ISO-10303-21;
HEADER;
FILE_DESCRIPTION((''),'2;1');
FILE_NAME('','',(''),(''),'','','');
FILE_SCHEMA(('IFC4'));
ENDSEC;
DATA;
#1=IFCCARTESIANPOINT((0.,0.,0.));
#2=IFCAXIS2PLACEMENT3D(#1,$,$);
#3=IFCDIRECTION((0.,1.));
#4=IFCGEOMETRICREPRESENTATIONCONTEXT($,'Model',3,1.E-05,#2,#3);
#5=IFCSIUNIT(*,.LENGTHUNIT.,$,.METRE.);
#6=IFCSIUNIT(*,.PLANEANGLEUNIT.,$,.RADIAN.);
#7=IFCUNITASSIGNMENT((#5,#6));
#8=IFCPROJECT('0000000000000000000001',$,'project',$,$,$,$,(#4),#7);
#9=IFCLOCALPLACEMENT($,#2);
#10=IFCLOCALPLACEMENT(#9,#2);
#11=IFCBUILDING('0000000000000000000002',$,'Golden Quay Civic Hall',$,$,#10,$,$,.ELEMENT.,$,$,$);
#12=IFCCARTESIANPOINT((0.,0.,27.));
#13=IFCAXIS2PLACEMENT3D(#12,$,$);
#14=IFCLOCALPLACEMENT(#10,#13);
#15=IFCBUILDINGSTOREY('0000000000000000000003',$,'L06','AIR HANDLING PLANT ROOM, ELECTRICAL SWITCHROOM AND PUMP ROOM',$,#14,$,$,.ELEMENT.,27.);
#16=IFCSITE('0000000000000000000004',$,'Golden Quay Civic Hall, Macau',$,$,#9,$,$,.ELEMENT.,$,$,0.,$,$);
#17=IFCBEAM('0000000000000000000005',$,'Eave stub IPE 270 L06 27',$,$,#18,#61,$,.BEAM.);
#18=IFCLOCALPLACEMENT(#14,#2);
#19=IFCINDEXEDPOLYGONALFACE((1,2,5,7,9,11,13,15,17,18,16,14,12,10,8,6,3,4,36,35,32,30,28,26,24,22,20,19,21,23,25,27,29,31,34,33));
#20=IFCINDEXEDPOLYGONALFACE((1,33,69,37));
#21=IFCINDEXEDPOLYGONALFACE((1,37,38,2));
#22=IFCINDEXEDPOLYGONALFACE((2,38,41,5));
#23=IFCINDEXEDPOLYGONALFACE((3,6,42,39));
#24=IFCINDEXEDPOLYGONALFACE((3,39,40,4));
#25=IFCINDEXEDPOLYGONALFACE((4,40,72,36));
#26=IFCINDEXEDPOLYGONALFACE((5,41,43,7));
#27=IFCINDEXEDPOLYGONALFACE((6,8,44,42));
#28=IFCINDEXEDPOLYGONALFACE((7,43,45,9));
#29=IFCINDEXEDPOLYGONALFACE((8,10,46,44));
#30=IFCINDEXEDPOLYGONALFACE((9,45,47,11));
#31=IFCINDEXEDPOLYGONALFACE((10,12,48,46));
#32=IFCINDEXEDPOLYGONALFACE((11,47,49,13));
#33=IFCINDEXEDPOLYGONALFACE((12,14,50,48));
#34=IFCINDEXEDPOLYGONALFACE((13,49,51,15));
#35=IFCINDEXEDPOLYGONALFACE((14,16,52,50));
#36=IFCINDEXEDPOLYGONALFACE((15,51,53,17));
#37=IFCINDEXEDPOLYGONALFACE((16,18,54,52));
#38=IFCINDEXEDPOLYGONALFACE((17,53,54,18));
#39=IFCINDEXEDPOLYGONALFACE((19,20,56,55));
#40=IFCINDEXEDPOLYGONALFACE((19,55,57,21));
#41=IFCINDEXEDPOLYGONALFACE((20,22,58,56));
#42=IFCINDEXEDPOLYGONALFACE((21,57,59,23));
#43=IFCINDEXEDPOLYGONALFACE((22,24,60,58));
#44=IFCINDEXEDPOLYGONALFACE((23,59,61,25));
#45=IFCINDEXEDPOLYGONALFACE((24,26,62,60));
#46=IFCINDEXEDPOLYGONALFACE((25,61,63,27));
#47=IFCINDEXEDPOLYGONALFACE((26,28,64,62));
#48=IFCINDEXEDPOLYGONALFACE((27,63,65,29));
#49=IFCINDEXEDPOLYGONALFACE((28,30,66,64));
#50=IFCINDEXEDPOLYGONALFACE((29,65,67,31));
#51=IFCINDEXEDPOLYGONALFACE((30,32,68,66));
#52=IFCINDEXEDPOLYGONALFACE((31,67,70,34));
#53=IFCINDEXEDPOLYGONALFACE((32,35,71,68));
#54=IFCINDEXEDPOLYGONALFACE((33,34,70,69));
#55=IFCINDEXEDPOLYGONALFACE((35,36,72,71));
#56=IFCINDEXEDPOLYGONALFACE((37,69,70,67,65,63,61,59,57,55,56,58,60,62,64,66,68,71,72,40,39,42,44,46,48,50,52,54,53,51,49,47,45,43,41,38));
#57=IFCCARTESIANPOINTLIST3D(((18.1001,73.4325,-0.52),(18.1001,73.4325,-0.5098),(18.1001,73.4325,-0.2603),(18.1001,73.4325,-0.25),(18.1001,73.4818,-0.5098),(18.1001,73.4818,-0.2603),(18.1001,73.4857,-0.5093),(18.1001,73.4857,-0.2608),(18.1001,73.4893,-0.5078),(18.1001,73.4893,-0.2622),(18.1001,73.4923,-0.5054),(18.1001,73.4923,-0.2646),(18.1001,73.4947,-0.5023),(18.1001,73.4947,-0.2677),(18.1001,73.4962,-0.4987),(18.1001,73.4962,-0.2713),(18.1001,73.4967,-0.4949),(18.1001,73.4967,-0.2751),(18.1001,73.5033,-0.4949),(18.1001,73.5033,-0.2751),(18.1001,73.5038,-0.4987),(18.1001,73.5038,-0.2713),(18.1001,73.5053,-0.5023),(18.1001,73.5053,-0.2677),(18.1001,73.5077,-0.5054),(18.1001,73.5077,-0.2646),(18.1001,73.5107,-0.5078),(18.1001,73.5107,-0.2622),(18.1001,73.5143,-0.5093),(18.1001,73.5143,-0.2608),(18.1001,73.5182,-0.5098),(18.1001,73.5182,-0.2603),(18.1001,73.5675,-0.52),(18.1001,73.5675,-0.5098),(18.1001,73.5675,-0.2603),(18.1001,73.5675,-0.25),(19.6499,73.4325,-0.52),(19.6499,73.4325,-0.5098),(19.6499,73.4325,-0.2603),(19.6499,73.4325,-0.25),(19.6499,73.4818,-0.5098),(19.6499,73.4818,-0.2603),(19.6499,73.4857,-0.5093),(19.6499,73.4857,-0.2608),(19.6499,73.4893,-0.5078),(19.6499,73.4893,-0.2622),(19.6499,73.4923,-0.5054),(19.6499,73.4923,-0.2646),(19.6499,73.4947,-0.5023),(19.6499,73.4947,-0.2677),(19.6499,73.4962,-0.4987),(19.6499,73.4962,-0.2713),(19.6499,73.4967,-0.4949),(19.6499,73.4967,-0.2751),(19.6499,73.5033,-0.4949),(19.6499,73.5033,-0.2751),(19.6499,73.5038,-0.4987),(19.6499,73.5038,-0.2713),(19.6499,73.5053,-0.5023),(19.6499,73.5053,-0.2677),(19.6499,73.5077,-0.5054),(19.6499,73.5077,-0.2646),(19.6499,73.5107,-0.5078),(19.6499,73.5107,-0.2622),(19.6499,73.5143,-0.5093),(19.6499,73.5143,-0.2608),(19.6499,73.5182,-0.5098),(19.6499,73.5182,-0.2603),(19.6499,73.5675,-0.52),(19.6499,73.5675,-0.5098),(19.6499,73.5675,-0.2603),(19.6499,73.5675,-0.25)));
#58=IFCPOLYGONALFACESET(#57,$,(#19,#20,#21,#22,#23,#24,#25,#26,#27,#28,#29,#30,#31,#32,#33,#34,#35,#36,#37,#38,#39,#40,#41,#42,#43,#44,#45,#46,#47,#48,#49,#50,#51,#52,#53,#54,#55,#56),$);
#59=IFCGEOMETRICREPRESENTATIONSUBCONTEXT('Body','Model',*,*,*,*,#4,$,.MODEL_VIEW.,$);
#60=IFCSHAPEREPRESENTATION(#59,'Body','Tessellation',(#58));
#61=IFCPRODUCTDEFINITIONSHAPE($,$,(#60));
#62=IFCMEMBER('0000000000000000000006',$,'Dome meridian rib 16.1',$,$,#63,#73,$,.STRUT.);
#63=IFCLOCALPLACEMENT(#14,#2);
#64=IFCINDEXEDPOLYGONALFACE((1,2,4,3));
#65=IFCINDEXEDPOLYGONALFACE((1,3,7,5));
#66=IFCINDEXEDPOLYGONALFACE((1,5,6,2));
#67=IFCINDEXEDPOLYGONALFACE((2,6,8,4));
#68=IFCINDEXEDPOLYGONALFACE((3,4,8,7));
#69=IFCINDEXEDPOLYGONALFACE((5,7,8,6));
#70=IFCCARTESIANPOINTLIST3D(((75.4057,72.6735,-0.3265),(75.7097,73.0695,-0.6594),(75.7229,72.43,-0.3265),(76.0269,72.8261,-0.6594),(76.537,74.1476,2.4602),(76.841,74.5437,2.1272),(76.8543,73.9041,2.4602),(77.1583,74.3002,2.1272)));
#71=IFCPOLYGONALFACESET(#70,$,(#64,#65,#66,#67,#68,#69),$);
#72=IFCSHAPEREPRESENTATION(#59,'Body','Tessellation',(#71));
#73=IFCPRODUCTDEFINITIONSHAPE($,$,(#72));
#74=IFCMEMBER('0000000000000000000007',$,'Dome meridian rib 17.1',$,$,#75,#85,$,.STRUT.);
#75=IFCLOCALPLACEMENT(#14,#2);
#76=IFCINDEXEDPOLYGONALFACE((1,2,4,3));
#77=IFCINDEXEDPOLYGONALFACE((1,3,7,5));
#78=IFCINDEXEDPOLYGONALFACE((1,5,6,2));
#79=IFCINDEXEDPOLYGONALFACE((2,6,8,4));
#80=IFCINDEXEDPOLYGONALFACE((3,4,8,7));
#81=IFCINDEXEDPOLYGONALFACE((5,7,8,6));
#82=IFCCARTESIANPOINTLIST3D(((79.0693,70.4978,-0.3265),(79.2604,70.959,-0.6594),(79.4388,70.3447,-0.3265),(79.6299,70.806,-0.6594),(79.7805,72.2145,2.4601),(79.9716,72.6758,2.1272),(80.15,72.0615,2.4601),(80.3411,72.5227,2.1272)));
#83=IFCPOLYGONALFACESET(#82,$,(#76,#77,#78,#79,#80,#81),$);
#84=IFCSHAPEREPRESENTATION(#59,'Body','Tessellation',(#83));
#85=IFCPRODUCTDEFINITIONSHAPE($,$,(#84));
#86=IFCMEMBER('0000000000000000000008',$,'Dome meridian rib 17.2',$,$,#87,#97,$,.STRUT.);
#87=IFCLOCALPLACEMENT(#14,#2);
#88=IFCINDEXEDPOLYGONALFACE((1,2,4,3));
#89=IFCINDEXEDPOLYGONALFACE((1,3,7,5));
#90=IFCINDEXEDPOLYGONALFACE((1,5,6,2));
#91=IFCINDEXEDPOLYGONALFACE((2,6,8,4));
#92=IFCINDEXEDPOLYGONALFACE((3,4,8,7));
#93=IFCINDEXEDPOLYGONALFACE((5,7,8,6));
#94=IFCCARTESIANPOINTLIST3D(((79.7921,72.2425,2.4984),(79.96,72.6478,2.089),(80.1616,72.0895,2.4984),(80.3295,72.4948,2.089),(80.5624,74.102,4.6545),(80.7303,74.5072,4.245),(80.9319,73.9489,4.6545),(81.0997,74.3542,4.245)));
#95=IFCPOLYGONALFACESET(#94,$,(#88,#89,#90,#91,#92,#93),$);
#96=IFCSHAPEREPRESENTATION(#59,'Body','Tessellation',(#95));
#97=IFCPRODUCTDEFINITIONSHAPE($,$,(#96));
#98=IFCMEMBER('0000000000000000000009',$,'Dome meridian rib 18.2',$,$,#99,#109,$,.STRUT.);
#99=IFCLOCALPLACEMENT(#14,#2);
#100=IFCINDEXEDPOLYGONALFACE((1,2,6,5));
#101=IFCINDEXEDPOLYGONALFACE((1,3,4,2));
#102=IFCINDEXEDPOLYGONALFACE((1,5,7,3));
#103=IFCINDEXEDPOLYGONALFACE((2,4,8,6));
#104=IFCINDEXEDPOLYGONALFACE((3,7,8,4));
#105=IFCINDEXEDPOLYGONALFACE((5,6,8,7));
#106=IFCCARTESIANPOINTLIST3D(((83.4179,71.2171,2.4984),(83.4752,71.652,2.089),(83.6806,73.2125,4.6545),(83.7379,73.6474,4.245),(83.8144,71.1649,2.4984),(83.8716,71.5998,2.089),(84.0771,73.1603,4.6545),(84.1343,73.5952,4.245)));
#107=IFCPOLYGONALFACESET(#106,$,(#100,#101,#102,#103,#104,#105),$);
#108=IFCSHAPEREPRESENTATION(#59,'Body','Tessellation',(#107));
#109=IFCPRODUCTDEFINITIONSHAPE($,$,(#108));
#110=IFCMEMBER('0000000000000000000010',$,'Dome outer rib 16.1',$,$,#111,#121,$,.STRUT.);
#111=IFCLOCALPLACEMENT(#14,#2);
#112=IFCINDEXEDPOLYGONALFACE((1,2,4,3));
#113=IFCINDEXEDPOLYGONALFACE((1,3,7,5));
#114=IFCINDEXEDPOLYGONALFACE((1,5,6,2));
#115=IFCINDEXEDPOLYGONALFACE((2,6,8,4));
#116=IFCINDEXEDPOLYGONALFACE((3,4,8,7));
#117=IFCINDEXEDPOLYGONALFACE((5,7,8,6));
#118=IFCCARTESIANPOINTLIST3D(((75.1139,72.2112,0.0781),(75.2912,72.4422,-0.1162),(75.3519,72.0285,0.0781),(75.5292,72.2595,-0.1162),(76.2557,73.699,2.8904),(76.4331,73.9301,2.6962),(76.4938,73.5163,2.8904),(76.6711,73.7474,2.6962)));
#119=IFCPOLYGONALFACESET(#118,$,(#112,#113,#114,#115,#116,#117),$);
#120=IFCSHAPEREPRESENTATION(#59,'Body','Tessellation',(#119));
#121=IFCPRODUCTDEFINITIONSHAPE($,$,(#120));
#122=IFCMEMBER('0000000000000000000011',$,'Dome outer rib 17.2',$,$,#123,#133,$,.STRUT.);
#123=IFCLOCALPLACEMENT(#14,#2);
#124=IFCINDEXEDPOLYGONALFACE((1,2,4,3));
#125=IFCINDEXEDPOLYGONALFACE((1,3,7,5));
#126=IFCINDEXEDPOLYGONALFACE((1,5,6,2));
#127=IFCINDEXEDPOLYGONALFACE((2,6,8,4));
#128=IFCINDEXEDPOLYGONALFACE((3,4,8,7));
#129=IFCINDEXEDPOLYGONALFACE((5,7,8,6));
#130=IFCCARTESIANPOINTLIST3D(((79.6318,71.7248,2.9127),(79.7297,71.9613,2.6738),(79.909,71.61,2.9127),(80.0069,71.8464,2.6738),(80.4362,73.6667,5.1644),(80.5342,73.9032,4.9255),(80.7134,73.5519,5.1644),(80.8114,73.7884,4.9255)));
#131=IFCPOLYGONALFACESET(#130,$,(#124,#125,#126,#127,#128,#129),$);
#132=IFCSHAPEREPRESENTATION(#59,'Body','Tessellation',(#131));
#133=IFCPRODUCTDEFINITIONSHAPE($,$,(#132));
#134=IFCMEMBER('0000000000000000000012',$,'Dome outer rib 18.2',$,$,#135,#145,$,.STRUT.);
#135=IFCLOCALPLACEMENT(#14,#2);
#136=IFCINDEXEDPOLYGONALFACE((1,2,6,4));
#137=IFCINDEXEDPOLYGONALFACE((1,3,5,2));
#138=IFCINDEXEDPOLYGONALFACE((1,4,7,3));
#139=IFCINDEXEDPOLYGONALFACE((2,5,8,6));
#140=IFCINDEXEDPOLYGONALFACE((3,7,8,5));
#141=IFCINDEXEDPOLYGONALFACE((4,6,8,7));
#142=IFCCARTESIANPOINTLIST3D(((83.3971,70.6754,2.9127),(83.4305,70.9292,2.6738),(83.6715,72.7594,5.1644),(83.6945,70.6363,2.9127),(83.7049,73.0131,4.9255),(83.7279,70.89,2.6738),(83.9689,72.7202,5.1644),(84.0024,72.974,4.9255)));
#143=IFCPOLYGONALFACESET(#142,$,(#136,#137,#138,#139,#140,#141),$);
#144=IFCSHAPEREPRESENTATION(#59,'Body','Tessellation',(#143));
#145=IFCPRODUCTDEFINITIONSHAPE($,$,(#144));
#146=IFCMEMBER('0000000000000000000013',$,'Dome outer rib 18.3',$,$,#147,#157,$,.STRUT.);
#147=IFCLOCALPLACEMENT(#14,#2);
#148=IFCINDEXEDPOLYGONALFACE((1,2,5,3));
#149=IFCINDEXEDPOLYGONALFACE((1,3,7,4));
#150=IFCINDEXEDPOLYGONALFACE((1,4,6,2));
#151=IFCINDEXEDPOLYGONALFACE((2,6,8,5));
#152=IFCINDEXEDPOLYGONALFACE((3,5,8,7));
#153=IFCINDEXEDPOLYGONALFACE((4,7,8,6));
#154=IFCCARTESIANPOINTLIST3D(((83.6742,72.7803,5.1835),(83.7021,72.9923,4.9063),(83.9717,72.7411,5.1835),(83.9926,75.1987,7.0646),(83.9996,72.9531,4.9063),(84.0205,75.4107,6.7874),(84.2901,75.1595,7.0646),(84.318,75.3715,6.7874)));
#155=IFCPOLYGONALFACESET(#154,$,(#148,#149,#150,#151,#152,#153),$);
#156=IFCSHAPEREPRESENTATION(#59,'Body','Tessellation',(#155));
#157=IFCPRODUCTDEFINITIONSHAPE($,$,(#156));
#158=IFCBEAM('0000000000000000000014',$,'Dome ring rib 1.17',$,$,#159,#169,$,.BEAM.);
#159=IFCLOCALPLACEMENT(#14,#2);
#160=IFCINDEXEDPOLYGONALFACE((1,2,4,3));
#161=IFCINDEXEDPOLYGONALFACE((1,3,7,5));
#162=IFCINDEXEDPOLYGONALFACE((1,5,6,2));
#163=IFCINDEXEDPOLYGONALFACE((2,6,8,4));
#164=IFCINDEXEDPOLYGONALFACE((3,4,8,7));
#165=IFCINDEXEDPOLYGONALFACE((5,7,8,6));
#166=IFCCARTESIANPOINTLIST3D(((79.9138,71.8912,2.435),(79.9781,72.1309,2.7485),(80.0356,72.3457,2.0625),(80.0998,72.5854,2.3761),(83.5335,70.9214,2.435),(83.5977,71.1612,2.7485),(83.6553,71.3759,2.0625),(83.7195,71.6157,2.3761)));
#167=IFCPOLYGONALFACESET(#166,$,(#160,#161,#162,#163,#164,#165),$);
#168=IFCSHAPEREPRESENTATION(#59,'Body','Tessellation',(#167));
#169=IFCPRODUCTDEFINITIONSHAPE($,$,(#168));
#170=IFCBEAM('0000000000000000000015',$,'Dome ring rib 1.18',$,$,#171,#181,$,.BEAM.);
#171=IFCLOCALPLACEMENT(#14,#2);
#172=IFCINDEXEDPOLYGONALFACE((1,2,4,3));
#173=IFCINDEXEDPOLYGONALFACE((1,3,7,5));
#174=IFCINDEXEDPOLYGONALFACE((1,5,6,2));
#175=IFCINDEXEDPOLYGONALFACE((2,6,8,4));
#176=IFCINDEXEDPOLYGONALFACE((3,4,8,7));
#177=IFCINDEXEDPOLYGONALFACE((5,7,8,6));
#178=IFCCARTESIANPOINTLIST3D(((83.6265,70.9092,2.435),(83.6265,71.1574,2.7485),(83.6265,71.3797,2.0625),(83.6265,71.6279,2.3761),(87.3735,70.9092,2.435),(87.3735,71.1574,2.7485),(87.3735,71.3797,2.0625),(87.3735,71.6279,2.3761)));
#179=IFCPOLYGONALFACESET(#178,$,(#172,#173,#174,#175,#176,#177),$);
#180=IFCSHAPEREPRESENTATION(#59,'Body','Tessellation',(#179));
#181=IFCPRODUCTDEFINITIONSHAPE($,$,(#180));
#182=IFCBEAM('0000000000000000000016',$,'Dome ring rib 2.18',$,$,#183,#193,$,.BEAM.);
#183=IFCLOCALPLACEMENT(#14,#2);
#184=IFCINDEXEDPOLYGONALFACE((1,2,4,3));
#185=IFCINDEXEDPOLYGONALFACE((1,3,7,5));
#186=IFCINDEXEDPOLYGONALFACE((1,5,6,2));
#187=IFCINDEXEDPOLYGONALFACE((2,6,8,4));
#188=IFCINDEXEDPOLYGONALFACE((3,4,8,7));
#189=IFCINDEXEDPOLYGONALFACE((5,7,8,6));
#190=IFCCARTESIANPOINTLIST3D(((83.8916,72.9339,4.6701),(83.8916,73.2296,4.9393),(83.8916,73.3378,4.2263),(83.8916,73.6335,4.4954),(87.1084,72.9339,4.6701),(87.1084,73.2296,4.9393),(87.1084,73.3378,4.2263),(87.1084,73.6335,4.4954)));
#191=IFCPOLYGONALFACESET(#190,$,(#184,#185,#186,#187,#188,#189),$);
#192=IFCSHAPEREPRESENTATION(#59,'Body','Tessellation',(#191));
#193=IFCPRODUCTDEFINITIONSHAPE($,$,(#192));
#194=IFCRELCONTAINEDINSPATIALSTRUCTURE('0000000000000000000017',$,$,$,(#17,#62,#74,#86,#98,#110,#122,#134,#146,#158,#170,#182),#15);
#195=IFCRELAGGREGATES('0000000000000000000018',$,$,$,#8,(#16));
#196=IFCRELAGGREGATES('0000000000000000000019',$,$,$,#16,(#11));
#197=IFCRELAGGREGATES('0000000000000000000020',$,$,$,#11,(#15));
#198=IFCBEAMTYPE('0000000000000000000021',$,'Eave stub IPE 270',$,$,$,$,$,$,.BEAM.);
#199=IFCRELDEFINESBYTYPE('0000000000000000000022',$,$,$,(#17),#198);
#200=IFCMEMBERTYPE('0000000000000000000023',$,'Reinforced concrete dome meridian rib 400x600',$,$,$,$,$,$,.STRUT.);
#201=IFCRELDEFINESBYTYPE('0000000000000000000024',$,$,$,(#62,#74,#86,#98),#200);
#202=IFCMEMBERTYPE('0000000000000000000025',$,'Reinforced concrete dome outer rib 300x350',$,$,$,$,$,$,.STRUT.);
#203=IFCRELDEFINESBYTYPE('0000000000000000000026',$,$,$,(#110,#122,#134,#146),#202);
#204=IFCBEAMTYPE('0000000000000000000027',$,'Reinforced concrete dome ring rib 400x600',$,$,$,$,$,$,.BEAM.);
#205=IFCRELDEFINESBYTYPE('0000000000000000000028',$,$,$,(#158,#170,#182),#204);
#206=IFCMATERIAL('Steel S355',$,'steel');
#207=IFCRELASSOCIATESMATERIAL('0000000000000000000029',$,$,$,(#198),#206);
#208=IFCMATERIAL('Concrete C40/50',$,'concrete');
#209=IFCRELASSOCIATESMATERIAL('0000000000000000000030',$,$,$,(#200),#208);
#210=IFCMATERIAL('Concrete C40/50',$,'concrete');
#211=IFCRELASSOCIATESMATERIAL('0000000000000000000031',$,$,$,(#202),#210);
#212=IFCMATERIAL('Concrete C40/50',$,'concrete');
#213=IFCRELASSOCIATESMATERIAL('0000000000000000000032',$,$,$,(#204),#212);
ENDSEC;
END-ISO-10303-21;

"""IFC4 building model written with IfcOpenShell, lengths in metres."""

from ifc_helpers import new_model, si_unit, direction, frame, origin, origin_2d, place, context, subcontext, project, spatial, rectangle, i_section, extrude, material, material_profile, profile_set, type_object, element, save


model = new_model("IFC4")

# Units and contexts
model_context = context("Model", 3, precision=1e-05, world=origin(), true_north=direction((0.0, 1.0)))
body_context = subcontext(model_context, "Body", "Model", "MODEL_VIEW")
ifc_project = project(units=[si_unit("LENGTHUNIT", "METRE"), si_unit("PLANEANGLEUNIT", "RADIAN")], contexts=[model_context])

# Site, building, storey
site_placement = place(None, origin())
site = spatial("IfcSite", under=ifc_project, at=site_placement, Name="Golden Quay Civic Hall, Macau", CompositionType="ELEMENT", RefElevation=0.0)
building_placement = place(site_placement, origin())
building = spatial("IfcBuilding", under=site, at=building_placement, Name="Golden Quay Civic Hall", CompositionType="ELEMENT")
storey_placement = place(building_placement, frame((0.0, 0.0, 27.0)))
storey = spatial("IfcBuildingStorey", under=building, at=storey_placement, Name="L06", Description="AIR HANDLING PLANT ROOM, ELECTRICAL SWITCHROOM AND PUMP ROOM", CompositionType="ELEMENT", Elevation=27.0)

# Beam
ifc_material_1 = material(Name="Steel S355", Category="steel")
ifc_material_profile_1 = material_profile(ifc_material_1, i_section(OverallWidth=0.135, OverallDepth=0.27, WebThickness=0.0066, FlangeThickness=0.0103, FilletRadius=0.0149, at=origin_2d()), Name="IPE 270")
ifc_profile_set_1 = profile_set([ifc_material_profile_1], Name="Steel S355")
beam_type_1 = type_object("IfcBeamType", Name="Eave stub IPE 270", PredefinedType="BEAM", material=ifc_profile_set_1)
beam_1_placement = place(storey_placement, frame((18.1001, 73.5, -0.385), z_axis=(1.0, 0.0, 0.0), x_axis=(0.0, 1.0, 0.0)))
element("IfcBeam", 1, at=beam_1_placement, inside=storey, type_object=beam_type_1, Name="Eave stub IPE 270 L06 27", PredefinedType="BEAM", context=body_context, shape_type="SweptSolid", body=[
    extrude(i_section(OverallWidth=0.135, OverallDepth=0.27, WebThickness=0.0066, FlangeThickness=0.0103, FilletRadius=0.0149, at=origin_2d()), origin(), (0.0, 0.0, 1.0), 1.5498),
])

# Members
ifc_material_2 = material(Name="Concrete C40/50", Category="concrete")
ifc_material_profile_2 = material_profile(ifc_material_2, rectangle(XDim=0.3999, YDim=0.6001, at=origin_2d()), Name="RC 400x600")
ifc_profile_set_2 = profile_set([ifc_material_profile_2], Name="Concrete C40/50")
member_type_1 = type_object("IfcMemberType", Name="Reinforced concrete dome meridian rib 400x600", PredefinedType="STRUT", material=ifc_profile_set_2)
for number, where, z_axis, x_axis, name in (
    (2, (75.7163, 72.7498, -0.4929), (0.33778, 0.44012, 0.831985), (-0.793298, 0.608834, 0.0), "Dome meridian rib 16.1"),
    (3, (79.3496, 70.6519, -0.4929), (0.212332, 0.51257, 0.831978), (-0.923868, 0.382711, 0.0), "Dome meridian rib 17.1"),
):
    element("IfcMember", number, at=place(storey_placement, frame(where, z_axis=z_axis, x_axis=x_axis)), inside=storey, type_object=member_type_1, Name=name, PredefinedType="STRUT", context=body_context, shape_type="SweptSolid", body=[
        extrude(rectangle(XDim=0.3999, YDim=0.6001, at=origin_2d()), origin(), (0.0, 0.0, 1.0), 3.3494),
    ])
for number, where, z_axis, x_axis, name in (
    (4, (80.0608, 72.3687, 2.2937), (0.26116, 0.630425, 0.730999), (-0.923865, 0.38272, 0.0), "Dome meridian rib 17.2"),
    (5, (83.6448, 71.4084, 2.2937), (0.089068, 0.676536, 0.731003), (-0.991445, 0.130527, 0.0), "Dome meridian rib 18.2"),
):
    element("IfcMember", number, at=place(storey_placement, frame(where, z_axis=z_axis, x_axis=x_axis)), inside=storey, type_object=member_type_1, Name=name, PredefinedType="STRUT", context=body_context, shape_type="SweptSolid", body=[
        extrude(rectangle(XDim=0.3999, YDim=0.6001, at=origin_2d()), origin(), (0.0, 0.0, 1.0), 2.9495),
    ])
ifc_material_3 = material(Name="Concrete C40/50", Category="concrete")
ifc_material_profile_3 = material_profile(ifc_material_3, rectangle(XDim=0.3, YDim=0.3501, at=origin_2d()), Name="RC 300x350")
ifc_profile_set_3 = profile_set([ifc_material_profile_3], Name="Concrete C40/50")
member_type_2 = type_object("IfcMemberType", Name="Reinforced concrete dome outer rib 300x350", PredefinedType="STRUT", material=ifc_profile_set_3)
member_placement = place(storey_placement, frame((75.3215, 72.2354, -0.019), z_axis=(0.337799, 0.440142, 0.831966), x_axis=(-0.793296, 0.608836, 0.0)))
element("IfcMember", 6, at=member_placement, inside=storey, type_object=member_type_2, Name="Dome outer rib 16.1", PredefinedType="STRUT", context=body_context, shape_type="SweptSolid", body=[
    extrude(rectangle(XDim=0.3, YDim=0.3501, at=origin_2d()), origin(), (0.0, 0.0, 1.0), 3.3804),
])
for number, where, z_axis, x_axis, name in (
    (7, (79.8193, 71.7856, 2.7932), (0.261157, 0.630423, 0.731002), (-0.923865, 0.382718, 0.0), "Dome outer rib 17.2"),
    (8, (83.5625, 70.7827, 2.7932), (0.089086, 0.676544, 0.730994), (-0.991442, 0.130551, 0.0), "Dome outer rib 18.2"),
    (9, (83.8369, 72.8667, 5.0449), (0.10335, 0.785112, 0.610669), (-0.991447, 0.130511, 0.0), "Dome outer rib 18.3"),
):
    element("IfcMember", number, at=place(storey_placement, frame(where, z_axis=z_axis, x_axis=x_axis)), inside=storey, type_object=member_type_2, Name=name, PredefinedType="STRUT", context=body_context, shape_type="SweptSolid", body=[
        extrude(rectangle(XDim=0.3, YDim=0.3501, at=origin_2d()), origin(), (0.0, 0.0, 1.0), 3.0803),
    ])

# Beams
ifc_material_4 = material(Name="Concrete C40/50", Category="concrete")
ifc_material_profile_4 = material_profile(ifc_material_4, rectangle(XDim=0.3999, YDim=0.6001, at=origin_2d()), Name="RC 400x600")
ifc_profile_set_4 = profile_set([ifc_material_profile_4], Name="Concrete C40/50")
beam_type_2 = type_object("IfcBeamType", Name="Reinforced concrete dome ring rib 400x600", PredefinedType="BEAM", material=ifc_profile_set_4)
beam_2_placement = place(storey_placement, frame((80.0068, 72.2383, 2.4055), z_axis=(0.965936, -0.258782, 0.0), x_axis=(0.160616, 0.599518, 0.784079)))
element("IfcBeam", 10, at=beam_2_placement, inside=storey, type_object=beam_type_2, Name="Dome ring rib 1.17", PredefinedType="BEAM", context=body_context, shape_type="SweptSolid", body=[
    extrude(rectangle(XDim=0.3999, YDim=0.6001, at=origin_2d()), origin(), (0.0, 0.0, 1.0), 3.7473),
])
beam_3_placement = place(storey_placement, frame((83.6265, 71.2686, 2.4055), z_axis=(1.0, 0.0, 0.0), x_axis=(0.0, 0.620661, 0.784079)))
element("IfcBeam", 11, at=beam_3_placement, inside=storey, type_object=beam_type_2, Name="Dome ring rib 1.18", PredefinedType="BEAM", context=body_context, shape_type="SweptSolid", body=[
    extrude(rectangle(XDim=0.3999, YDim=0.6001, at=origin_2d()), origin(), (0.0, 0.0, 1.0), 3.7471),
])
beam_4_placement = place(storey_placement, frame((83.8916, 73.2837, 4.5828), z_axis=(1.0, 0.0, 0.0), x_axis=(0.0, 0.739595, 0.673053)))
element("IfcBeam", 12, at=beam_4_placement, inside=storey, type_object=beam_type_2, Name="Dome ring rib 2.18", PredefinedType="BEAM", context=body_context, shape_type="SweptSolid", body=[
    extrude(rectangle(XDim=0.3999, YDim=0.6001, at=origin_2d()), origin(), (0.0, 0.0, 1.0), 3.2168),
])

save(model, "model.ifc")
